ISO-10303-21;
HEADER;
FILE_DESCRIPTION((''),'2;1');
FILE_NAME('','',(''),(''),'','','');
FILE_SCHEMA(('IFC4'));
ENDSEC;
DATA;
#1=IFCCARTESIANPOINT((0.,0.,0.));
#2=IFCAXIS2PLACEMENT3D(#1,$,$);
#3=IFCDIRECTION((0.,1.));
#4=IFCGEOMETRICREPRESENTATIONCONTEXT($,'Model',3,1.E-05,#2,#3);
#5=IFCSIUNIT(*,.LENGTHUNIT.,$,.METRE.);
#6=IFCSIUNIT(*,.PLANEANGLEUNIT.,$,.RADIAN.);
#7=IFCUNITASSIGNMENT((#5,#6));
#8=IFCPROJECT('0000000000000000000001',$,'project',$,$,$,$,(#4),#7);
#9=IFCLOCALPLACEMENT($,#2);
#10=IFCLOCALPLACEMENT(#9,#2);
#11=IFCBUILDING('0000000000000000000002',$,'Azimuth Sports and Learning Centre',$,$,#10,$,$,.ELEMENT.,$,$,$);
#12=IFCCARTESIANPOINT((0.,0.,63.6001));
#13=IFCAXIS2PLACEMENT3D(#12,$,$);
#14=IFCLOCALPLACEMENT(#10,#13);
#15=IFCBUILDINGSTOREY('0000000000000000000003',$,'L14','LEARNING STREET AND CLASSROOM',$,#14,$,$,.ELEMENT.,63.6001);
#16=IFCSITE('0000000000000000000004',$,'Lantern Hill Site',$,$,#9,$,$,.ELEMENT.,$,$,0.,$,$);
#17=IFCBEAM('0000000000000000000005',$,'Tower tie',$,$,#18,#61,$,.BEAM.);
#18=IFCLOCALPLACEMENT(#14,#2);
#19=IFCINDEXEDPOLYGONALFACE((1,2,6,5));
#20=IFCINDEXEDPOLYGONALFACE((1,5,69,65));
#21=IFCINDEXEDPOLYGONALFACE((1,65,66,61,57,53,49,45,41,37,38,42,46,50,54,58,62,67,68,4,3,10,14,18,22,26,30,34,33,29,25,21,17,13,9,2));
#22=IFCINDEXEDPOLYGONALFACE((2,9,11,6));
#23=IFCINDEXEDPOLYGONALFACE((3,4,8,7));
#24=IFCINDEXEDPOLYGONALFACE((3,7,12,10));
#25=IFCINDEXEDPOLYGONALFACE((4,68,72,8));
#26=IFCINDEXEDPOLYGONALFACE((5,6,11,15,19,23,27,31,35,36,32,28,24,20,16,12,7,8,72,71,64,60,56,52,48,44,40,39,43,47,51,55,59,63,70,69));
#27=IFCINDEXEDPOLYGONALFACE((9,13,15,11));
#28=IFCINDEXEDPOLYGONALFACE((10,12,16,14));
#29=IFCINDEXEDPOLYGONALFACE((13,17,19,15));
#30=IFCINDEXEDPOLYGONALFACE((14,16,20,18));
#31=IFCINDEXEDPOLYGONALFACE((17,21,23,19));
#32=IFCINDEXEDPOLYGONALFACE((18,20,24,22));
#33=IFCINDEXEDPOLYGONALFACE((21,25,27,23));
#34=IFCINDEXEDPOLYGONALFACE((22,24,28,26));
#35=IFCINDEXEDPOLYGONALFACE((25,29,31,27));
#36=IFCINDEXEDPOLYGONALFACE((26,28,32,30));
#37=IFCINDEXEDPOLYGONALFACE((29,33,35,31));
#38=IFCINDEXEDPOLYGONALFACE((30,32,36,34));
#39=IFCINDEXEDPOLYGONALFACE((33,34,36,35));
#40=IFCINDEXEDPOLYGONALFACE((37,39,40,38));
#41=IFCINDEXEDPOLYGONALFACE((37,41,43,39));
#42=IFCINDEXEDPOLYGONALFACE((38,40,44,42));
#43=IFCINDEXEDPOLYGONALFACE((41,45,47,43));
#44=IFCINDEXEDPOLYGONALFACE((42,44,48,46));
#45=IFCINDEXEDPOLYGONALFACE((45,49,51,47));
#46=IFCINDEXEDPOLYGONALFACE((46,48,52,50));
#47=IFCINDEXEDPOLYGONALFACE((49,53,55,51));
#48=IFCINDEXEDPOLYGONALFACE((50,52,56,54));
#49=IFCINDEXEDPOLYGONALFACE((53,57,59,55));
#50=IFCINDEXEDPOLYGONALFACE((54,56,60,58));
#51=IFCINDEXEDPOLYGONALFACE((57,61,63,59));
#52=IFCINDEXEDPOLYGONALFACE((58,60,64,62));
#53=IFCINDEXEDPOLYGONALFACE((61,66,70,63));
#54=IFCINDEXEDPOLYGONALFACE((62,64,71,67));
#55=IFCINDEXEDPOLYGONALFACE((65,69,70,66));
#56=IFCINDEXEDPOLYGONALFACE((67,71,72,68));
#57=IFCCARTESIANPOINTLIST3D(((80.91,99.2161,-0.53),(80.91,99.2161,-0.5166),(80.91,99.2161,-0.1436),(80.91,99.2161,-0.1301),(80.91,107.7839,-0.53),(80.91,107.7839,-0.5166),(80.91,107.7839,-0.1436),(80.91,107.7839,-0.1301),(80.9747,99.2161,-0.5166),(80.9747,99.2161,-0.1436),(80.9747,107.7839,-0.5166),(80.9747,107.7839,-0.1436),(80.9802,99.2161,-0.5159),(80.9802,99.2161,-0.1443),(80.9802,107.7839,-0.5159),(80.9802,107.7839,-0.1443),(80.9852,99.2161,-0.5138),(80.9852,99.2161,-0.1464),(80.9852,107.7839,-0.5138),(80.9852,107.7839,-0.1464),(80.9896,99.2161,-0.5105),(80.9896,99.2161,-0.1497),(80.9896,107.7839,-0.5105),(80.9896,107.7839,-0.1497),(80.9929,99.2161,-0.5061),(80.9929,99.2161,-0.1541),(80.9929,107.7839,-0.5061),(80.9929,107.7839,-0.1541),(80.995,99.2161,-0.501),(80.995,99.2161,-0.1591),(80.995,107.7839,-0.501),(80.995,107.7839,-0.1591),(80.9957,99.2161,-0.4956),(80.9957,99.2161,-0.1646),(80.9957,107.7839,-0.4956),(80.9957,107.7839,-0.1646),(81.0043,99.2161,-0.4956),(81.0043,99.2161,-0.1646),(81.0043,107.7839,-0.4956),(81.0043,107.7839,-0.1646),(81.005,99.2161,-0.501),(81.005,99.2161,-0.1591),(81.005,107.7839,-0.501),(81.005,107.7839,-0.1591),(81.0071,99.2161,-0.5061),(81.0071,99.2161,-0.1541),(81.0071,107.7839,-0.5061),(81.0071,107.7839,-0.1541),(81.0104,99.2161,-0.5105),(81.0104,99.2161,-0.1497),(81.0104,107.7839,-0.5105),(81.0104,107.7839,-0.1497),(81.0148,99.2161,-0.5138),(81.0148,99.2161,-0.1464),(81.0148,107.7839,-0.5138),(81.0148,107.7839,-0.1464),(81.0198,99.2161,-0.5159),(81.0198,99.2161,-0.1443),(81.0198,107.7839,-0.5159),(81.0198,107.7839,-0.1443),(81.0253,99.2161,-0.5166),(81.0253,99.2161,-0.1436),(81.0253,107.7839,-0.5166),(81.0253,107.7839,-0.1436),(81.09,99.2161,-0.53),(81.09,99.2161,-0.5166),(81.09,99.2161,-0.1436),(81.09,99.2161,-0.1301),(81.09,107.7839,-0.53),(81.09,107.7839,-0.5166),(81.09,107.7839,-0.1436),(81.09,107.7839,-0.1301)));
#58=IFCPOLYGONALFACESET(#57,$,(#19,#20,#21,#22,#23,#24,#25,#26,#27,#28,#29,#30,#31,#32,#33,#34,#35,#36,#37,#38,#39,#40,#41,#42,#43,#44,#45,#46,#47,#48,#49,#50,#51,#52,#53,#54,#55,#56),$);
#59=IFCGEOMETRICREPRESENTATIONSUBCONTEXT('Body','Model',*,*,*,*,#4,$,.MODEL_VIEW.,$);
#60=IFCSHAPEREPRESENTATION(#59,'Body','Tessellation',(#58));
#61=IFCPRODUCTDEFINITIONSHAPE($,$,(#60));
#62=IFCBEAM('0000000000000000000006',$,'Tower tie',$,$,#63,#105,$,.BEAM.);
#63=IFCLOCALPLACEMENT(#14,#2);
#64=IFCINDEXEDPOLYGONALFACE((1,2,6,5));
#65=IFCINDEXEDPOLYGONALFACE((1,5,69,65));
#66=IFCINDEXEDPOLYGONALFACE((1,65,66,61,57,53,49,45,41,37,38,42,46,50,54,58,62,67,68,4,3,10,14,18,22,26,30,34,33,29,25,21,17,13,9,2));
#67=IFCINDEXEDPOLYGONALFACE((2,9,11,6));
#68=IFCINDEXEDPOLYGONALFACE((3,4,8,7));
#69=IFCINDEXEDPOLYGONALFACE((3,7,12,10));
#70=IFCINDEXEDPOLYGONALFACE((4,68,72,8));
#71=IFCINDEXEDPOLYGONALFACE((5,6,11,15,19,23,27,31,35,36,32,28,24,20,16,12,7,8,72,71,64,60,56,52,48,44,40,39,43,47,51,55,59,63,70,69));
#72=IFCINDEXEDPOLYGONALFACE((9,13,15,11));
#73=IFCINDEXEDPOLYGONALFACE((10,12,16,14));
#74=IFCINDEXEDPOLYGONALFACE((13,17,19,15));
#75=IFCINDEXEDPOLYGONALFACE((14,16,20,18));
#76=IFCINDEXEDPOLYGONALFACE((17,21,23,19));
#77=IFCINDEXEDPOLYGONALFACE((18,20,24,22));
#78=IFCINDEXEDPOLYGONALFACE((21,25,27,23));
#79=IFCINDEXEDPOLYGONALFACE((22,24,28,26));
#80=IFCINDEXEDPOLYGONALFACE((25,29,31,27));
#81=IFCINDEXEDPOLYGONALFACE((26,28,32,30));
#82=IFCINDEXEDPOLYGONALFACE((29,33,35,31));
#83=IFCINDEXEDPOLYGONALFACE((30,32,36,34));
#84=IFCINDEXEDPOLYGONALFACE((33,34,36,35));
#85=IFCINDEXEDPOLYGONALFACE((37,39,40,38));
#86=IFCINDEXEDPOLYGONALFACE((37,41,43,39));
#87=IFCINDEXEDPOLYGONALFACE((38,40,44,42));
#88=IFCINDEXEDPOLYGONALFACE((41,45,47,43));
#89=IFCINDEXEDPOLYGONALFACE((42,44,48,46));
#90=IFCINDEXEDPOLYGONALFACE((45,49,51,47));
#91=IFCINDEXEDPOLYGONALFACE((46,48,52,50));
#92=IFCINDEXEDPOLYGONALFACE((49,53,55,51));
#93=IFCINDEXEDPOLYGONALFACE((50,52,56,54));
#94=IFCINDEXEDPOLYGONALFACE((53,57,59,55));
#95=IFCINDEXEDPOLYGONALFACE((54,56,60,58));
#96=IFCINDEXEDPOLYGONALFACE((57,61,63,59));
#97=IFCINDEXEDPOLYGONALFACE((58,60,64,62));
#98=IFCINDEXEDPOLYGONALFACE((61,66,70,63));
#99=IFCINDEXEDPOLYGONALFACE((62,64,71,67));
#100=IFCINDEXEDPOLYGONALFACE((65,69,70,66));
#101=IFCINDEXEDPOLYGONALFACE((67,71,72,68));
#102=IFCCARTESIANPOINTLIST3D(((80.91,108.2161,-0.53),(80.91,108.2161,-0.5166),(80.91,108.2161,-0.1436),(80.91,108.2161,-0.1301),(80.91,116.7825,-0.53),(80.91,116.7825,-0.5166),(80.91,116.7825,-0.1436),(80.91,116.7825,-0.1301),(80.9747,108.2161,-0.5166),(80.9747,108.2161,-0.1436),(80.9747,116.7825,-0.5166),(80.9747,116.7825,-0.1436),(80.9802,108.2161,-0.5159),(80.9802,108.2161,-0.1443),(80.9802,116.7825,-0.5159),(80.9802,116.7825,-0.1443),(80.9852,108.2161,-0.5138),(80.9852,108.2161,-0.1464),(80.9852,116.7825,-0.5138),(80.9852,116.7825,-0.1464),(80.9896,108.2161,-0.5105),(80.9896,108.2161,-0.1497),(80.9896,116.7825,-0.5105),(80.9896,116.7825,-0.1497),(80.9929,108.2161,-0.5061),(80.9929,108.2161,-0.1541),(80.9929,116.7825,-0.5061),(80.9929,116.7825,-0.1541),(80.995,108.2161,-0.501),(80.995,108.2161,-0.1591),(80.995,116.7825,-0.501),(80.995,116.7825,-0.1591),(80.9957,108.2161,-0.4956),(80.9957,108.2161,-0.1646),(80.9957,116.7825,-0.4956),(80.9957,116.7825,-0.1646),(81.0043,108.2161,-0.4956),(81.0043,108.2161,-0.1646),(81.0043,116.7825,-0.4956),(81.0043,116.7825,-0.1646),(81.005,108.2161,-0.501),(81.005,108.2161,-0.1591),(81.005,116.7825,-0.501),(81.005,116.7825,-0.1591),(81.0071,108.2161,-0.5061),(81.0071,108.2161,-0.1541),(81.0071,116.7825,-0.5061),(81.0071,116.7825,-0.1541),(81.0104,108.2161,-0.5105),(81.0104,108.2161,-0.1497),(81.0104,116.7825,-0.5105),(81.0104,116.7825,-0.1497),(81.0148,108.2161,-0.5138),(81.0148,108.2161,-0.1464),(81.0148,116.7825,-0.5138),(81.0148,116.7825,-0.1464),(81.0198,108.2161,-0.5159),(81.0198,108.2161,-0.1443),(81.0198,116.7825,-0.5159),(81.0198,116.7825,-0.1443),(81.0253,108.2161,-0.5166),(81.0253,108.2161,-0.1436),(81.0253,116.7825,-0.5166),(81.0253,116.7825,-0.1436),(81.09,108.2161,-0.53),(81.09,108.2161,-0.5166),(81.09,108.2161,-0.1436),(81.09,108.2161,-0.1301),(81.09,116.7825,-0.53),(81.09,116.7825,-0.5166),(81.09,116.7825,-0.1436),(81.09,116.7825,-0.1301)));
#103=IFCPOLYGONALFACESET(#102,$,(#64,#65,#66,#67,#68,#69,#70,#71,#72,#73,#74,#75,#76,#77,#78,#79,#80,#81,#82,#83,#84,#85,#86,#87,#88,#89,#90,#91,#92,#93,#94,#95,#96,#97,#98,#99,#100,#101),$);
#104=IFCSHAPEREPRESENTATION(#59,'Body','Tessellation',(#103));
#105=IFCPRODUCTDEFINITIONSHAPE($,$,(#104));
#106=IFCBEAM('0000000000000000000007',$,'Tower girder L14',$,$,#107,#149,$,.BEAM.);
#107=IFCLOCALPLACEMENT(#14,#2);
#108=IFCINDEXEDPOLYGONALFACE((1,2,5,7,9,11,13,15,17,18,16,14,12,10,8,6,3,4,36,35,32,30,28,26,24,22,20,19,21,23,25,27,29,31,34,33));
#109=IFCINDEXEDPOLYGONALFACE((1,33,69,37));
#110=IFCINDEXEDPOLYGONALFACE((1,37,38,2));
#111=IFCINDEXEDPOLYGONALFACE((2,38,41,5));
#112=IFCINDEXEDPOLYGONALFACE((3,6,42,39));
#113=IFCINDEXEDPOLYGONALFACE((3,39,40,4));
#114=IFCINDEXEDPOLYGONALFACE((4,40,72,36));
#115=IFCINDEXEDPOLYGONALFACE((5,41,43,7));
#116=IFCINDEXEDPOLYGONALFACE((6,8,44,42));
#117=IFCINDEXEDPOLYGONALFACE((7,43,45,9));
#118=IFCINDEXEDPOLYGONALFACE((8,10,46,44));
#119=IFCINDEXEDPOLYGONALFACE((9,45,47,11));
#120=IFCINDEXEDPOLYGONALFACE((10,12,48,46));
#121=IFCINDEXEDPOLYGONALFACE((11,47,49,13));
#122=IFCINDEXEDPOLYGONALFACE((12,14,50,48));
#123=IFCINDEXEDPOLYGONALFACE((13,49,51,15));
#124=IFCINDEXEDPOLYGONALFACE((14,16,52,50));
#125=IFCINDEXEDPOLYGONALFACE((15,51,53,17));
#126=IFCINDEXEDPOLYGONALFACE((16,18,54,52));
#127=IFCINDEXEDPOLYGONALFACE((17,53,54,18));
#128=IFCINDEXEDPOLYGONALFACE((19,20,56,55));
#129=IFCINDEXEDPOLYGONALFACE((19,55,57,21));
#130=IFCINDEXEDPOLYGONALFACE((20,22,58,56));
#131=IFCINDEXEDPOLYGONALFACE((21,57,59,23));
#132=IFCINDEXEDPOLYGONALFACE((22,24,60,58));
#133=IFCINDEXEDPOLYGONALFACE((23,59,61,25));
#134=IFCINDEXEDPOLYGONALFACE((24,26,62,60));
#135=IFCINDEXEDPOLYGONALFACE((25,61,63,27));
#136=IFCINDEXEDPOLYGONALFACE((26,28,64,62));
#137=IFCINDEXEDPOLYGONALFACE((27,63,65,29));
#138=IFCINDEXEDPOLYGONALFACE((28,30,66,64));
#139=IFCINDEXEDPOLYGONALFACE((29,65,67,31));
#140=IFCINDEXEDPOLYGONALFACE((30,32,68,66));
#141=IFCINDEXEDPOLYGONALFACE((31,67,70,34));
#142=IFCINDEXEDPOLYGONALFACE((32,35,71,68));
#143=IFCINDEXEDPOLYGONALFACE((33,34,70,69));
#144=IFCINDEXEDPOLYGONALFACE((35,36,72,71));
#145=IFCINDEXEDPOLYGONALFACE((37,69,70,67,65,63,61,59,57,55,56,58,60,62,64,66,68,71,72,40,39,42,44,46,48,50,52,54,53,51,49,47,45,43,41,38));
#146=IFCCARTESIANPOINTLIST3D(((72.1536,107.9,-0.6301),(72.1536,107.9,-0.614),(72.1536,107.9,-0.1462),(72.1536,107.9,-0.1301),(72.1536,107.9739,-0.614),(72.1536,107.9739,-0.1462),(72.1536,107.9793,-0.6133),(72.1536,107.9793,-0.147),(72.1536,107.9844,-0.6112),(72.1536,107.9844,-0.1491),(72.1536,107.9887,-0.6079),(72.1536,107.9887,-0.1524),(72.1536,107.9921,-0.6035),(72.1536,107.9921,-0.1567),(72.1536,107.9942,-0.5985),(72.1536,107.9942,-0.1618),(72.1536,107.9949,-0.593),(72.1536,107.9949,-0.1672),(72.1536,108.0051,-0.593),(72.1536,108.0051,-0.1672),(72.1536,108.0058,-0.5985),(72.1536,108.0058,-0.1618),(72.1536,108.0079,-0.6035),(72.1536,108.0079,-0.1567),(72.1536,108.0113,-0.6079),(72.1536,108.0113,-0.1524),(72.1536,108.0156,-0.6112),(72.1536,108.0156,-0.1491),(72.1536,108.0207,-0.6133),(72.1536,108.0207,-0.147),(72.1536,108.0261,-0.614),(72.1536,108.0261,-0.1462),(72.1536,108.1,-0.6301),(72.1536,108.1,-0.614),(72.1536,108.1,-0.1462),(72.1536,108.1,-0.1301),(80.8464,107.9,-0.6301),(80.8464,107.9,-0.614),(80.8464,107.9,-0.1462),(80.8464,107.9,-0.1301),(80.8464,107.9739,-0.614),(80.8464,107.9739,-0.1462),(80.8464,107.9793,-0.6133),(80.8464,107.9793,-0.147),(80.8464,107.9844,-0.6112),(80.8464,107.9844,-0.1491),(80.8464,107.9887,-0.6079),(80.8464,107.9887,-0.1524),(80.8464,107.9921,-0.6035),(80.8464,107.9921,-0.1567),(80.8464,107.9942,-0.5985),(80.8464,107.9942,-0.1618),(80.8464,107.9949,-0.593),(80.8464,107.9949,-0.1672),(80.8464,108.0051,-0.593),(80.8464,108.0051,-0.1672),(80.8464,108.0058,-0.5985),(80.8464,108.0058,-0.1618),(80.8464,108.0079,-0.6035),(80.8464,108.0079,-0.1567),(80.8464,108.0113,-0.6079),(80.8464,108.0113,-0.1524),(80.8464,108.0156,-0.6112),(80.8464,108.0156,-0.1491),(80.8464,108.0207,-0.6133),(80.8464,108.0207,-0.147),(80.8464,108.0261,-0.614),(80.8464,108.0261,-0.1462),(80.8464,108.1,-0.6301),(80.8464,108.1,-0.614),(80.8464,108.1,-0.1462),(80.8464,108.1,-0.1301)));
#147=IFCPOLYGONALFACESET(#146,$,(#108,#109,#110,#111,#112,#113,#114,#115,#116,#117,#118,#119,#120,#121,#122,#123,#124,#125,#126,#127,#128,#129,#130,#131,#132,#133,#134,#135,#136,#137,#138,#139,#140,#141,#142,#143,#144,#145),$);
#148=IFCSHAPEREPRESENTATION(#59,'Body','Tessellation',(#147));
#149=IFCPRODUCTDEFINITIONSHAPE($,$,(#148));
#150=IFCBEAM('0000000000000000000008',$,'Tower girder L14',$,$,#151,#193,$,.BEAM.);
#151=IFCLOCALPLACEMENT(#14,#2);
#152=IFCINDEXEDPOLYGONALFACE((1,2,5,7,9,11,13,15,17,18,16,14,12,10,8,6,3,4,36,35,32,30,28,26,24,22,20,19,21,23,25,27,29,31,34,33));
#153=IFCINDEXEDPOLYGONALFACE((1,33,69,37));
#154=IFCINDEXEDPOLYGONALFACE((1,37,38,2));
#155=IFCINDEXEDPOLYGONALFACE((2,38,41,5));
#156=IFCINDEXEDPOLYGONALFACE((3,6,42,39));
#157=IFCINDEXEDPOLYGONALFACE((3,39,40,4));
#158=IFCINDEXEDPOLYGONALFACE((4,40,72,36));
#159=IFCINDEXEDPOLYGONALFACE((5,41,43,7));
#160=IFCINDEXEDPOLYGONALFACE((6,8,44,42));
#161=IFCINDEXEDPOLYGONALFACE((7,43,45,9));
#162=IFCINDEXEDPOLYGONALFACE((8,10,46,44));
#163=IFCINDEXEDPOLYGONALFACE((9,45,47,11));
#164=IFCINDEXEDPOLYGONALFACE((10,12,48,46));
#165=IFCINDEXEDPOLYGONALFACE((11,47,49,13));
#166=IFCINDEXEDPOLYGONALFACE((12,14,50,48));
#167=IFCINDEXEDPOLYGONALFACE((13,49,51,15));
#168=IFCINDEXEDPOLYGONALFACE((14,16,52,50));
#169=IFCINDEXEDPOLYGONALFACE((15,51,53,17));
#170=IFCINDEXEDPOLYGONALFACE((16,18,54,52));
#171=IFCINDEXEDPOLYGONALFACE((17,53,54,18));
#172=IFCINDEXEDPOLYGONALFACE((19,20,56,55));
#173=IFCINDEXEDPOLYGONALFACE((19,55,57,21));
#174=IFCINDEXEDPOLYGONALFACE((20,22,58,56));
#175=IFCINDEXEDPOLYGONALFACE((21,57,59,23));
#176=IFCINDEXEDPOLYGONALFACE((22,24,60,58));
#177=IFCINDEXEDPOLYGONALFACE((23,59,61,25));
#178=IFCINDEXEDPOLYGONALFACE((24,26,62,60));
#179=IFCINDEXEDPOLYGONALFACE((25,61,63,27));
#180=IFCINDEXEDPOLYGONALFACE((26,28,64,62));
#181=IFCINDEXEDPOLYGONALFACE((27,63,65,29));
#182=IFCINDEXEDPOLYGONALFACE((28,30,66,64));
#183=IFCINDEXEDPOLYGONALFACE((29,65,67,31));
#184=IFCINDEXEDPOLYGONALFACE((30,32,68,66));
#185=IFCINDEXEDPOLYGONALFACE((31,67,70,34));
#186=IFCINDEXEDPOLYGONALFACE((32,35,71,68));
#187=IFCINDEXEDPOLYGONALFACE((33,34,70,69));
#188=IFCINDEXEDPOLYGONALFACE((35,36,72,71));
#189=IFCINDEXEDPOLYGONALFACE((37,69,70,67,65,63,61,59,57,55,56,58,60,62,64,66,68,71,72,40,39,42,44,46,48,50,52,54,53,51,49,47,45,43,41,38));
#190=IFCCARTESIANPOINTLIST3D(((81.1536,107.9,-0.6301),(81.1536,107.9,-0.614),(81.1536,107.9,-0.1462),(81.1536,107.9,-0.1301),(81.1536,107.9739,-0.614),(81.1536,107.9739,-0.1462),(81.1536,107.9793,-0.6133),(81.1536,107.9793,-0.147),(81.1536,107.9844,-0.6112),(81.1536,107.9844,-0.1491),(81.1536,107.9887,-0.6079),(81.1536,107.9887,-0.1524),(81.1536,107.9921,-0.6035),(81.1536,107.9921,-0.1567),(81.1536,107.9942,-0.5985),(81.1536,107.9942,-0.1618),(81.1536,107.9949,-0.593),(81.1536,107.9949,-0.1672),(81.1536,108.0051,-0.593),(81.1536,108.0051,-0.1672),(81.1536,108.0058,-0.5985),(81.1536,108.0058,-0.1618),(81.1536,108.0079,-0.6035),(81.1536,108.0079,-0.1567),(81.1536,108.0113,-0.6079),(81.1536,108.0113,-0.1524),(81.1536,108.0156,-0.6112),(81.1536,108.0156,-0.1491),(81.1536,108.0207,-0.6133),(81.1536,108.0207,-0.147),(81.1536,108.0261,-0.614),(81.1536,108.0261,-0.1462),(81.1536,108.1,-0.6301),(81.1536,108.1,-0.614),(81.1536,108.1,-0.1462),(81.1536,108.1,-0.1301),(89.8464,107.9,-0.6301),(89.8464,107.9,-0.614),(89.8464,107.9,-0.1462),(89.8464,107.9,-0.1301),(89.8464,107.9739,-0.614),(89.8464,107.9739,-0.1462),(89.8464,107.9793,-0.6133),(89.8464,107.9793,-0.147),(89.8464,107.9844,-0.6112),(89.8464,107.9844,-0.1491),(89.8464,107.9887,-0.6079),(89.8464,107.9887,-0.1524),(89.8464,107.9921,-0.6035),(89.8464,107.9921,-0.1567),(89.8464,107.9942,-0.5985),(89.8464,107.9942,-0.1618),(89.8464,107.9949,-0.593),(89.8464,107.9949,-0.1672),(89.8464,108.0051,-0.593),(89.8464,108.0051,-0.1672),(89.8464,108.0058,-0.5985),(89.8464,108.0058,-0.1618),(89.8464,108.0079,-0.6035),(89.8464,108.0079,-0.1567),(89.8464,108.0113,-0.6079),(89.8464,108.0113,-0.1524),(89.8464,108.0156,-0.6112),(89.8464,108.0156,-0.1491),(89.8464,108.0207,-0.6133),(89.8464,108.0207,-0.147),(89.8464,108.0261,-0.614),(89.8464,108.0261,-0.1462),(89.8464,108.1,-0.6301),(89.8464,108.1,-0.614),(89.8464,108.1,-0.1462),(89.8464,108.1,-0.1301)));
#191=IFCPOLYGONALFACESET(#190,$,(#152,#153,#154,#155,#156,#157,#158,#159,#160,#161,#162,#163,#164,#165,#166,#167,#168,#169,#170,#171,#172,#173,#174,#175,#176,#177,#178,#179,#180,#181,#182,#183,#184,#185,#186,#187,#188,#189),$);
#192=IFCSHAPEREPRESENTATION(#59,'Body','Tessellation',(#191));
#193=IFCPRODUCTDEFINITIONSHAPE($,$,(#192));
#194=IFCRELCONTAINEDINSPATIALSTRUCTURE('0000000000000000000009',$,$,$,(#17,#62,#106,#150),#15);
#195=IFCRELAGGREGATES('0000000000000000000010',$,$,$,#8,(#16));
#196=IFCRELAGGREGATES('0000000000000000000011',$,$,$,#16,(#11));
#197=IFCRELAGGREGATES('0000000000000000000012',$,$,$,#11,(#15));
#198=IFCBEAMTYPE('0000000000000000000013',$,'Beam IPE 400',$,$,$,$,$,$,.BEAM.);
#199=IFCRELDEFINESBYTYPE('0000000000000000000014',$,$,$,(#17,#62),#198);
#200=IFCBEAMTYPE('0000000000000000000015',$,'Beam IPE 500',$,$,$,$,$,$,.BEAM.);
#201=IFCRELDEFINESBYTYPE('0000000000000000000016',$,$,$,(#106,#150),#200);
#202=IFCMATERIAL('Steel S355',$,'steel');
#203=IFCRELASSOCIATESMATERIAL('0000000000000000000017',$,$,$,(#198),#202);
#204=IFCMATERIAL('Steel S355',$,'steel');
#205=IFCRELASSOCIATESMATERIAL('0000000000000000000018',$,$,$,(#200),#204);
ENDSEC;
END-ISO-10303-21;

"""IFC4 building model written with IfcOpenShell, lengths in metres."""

from ifc_helpers import new_model, si_unit, direction, frame, origin, origin_2d, place, context, subcontext, project, spatial, i_section, extrude, material, material_profile, profile_set, type_object, element, save


model = new_model("IFC4")

# Units and contexts
model_context = context("Model", 3, precision=1e-05, world=origin(), true_north=direction((0.0, 1.0)))
body_context = subcontext(model_context, "Body", "Model", "MODEL_VIEW")
ifc_project = project(units=[si_unit("LENGTHUNIT", "METRE"), si_unit("PLANEANGLEUNIT", "RADIAN")], contexts=[model_context])

# Site, building, storey
site_placement = place(None, origin())
site = spatial("IfcSite", under=ifc_project, at=site_placement, Name="Lantern Hill Site", CompositionType="ELEMENT", RefElevation=0.0)
building_placement = place(site_placement, origin())
building = spatial("IfcBuilding", under=site, at=building_placement, Name="Azimuth Sports and Learning Centre", CompositionType="ELEMENT")
storey_placement = place(building_placement, frame((0.0, 0.0, 63.6001)))
storey = spatial("IfcBuildingStorey", under=building, at=storey_placement, Name="L14", Description="LEARNING STREET AND CLASSROOM", CompositionType="ELEMENT", Elevation=63.6001)

# Beams
ifc_material_1 = material(Name="Steel S355", Category="steel")
ifc_material_profile_1 = material_profile(ifc_material_1, i_section(OverallWidth=0.1799, OverallDepth=0.3999, WebThickness=0.0085, FlangeThickness=0.0134, FilletRadius=0.021, at=origin_2d()), Name="IPE 400")
ifc_profile_set_1 = profile_set([ifc_material_profile_1], Name="Steel S355")
beam_type_1 = type_object("IfcBeamType", Name="Beam IPE 400", PredefinedType="BEAM", material=ifc_profile_set_1)
beam_1_placement = place(storey_placement, frame((81.0, 99.2161, -0.3301), z_axis=(0.0, 1.0, 0.0), x_axis=(-1.0, 0.0, 0.0)))
element("IfcBeam", 1, at=beam_1_placement, inside=storey, type_object=beam_type_1, Name="Tower tie", PredefinedType="BEAM", context=body_context, shape_type="SweptSolid", body=[
    extrude(i_section(OverallWidth=0.1799, OverallDepth=0.3999, WebThickness=0.0085, FlangeThickness=0.0134, FilletRadius=0.021, at=origin_2d()), origin(), (0.0, 0.0, 1.0), 8.5679),
])
beam_2_placement = place(storey_placement, frame((81.0, 108.2161, -0.3301), z_axis=(0.0, 1.0, 0.0), x_axis=(-1.0, 0.0, 0.0)))
element("IfcBeam", 2, at=beam_2_placement, inside=storey, type_object=beam_type_1, Name="Tower tie", PredefinedType="BEAM", context=body_context, shape_type="SweptSolid", body=[
    extrude(i_section(OverallWidth=0.1799, OverallDepth=0.3999, WebThickness=0.0085, FlangeThickness=0.0134, FilletRadius=0.021, at=origin_2d()), origin(), (0.0, 0.0, 1.0), 8.5664),
])
ifc_material_2 = material(Name="Steel S355", Category="steel")
ifc_material_profile_2 = material_profile(ifc_material_2, i_section(OverallWidth=0.2, OverallDepth=0.5, WebThickness=0.0103, FlangeThickness=0.0161, FilletRadius=0.021, at=origin_2d()), Name="IPE 500")
ifc_profile_set_2 = profile_set([ifc_material_profile_2], Name="Steel S355")
beam_type_2 = type_object("IfcBeamType", Name="Beam IPE 500", PredefinedType="BEAM", material=ifc_profile_set_2)
for number, where, z_axis, x_axis, name in (
    (3, (72.1536, 108.0, -0.3801), (1.0, 0.0, 0.0), (0.0, 1.0, 0.0), "Tower girder L14"),
    (4, (81.1536, 108.0, -0.3801), (1.0, 0.0, 0.0), (0.0, 1.0, 0.0), "Tower girder L14"),
):
    element("IfcBeam", number, at=place(storey_placement, frame(where, z_axis=z_axis, x_axis=x_axis)), inside=storey, type_object=beam_type_2, Name=name, PredefinedType="BEAM", context=body_context, shape_type="SweptSolid", body=[
        extrude(i_section(OverallWidth=0.2, OverallDepth=0.5, WebThickness=0.0103, FlangeThickness=0.0161, FilletRadius=0.021, at=origin_2d()), origin(), (0.0, 0.0, 1.0), 8.6929),
    ])

save(model, "model.ifc")
